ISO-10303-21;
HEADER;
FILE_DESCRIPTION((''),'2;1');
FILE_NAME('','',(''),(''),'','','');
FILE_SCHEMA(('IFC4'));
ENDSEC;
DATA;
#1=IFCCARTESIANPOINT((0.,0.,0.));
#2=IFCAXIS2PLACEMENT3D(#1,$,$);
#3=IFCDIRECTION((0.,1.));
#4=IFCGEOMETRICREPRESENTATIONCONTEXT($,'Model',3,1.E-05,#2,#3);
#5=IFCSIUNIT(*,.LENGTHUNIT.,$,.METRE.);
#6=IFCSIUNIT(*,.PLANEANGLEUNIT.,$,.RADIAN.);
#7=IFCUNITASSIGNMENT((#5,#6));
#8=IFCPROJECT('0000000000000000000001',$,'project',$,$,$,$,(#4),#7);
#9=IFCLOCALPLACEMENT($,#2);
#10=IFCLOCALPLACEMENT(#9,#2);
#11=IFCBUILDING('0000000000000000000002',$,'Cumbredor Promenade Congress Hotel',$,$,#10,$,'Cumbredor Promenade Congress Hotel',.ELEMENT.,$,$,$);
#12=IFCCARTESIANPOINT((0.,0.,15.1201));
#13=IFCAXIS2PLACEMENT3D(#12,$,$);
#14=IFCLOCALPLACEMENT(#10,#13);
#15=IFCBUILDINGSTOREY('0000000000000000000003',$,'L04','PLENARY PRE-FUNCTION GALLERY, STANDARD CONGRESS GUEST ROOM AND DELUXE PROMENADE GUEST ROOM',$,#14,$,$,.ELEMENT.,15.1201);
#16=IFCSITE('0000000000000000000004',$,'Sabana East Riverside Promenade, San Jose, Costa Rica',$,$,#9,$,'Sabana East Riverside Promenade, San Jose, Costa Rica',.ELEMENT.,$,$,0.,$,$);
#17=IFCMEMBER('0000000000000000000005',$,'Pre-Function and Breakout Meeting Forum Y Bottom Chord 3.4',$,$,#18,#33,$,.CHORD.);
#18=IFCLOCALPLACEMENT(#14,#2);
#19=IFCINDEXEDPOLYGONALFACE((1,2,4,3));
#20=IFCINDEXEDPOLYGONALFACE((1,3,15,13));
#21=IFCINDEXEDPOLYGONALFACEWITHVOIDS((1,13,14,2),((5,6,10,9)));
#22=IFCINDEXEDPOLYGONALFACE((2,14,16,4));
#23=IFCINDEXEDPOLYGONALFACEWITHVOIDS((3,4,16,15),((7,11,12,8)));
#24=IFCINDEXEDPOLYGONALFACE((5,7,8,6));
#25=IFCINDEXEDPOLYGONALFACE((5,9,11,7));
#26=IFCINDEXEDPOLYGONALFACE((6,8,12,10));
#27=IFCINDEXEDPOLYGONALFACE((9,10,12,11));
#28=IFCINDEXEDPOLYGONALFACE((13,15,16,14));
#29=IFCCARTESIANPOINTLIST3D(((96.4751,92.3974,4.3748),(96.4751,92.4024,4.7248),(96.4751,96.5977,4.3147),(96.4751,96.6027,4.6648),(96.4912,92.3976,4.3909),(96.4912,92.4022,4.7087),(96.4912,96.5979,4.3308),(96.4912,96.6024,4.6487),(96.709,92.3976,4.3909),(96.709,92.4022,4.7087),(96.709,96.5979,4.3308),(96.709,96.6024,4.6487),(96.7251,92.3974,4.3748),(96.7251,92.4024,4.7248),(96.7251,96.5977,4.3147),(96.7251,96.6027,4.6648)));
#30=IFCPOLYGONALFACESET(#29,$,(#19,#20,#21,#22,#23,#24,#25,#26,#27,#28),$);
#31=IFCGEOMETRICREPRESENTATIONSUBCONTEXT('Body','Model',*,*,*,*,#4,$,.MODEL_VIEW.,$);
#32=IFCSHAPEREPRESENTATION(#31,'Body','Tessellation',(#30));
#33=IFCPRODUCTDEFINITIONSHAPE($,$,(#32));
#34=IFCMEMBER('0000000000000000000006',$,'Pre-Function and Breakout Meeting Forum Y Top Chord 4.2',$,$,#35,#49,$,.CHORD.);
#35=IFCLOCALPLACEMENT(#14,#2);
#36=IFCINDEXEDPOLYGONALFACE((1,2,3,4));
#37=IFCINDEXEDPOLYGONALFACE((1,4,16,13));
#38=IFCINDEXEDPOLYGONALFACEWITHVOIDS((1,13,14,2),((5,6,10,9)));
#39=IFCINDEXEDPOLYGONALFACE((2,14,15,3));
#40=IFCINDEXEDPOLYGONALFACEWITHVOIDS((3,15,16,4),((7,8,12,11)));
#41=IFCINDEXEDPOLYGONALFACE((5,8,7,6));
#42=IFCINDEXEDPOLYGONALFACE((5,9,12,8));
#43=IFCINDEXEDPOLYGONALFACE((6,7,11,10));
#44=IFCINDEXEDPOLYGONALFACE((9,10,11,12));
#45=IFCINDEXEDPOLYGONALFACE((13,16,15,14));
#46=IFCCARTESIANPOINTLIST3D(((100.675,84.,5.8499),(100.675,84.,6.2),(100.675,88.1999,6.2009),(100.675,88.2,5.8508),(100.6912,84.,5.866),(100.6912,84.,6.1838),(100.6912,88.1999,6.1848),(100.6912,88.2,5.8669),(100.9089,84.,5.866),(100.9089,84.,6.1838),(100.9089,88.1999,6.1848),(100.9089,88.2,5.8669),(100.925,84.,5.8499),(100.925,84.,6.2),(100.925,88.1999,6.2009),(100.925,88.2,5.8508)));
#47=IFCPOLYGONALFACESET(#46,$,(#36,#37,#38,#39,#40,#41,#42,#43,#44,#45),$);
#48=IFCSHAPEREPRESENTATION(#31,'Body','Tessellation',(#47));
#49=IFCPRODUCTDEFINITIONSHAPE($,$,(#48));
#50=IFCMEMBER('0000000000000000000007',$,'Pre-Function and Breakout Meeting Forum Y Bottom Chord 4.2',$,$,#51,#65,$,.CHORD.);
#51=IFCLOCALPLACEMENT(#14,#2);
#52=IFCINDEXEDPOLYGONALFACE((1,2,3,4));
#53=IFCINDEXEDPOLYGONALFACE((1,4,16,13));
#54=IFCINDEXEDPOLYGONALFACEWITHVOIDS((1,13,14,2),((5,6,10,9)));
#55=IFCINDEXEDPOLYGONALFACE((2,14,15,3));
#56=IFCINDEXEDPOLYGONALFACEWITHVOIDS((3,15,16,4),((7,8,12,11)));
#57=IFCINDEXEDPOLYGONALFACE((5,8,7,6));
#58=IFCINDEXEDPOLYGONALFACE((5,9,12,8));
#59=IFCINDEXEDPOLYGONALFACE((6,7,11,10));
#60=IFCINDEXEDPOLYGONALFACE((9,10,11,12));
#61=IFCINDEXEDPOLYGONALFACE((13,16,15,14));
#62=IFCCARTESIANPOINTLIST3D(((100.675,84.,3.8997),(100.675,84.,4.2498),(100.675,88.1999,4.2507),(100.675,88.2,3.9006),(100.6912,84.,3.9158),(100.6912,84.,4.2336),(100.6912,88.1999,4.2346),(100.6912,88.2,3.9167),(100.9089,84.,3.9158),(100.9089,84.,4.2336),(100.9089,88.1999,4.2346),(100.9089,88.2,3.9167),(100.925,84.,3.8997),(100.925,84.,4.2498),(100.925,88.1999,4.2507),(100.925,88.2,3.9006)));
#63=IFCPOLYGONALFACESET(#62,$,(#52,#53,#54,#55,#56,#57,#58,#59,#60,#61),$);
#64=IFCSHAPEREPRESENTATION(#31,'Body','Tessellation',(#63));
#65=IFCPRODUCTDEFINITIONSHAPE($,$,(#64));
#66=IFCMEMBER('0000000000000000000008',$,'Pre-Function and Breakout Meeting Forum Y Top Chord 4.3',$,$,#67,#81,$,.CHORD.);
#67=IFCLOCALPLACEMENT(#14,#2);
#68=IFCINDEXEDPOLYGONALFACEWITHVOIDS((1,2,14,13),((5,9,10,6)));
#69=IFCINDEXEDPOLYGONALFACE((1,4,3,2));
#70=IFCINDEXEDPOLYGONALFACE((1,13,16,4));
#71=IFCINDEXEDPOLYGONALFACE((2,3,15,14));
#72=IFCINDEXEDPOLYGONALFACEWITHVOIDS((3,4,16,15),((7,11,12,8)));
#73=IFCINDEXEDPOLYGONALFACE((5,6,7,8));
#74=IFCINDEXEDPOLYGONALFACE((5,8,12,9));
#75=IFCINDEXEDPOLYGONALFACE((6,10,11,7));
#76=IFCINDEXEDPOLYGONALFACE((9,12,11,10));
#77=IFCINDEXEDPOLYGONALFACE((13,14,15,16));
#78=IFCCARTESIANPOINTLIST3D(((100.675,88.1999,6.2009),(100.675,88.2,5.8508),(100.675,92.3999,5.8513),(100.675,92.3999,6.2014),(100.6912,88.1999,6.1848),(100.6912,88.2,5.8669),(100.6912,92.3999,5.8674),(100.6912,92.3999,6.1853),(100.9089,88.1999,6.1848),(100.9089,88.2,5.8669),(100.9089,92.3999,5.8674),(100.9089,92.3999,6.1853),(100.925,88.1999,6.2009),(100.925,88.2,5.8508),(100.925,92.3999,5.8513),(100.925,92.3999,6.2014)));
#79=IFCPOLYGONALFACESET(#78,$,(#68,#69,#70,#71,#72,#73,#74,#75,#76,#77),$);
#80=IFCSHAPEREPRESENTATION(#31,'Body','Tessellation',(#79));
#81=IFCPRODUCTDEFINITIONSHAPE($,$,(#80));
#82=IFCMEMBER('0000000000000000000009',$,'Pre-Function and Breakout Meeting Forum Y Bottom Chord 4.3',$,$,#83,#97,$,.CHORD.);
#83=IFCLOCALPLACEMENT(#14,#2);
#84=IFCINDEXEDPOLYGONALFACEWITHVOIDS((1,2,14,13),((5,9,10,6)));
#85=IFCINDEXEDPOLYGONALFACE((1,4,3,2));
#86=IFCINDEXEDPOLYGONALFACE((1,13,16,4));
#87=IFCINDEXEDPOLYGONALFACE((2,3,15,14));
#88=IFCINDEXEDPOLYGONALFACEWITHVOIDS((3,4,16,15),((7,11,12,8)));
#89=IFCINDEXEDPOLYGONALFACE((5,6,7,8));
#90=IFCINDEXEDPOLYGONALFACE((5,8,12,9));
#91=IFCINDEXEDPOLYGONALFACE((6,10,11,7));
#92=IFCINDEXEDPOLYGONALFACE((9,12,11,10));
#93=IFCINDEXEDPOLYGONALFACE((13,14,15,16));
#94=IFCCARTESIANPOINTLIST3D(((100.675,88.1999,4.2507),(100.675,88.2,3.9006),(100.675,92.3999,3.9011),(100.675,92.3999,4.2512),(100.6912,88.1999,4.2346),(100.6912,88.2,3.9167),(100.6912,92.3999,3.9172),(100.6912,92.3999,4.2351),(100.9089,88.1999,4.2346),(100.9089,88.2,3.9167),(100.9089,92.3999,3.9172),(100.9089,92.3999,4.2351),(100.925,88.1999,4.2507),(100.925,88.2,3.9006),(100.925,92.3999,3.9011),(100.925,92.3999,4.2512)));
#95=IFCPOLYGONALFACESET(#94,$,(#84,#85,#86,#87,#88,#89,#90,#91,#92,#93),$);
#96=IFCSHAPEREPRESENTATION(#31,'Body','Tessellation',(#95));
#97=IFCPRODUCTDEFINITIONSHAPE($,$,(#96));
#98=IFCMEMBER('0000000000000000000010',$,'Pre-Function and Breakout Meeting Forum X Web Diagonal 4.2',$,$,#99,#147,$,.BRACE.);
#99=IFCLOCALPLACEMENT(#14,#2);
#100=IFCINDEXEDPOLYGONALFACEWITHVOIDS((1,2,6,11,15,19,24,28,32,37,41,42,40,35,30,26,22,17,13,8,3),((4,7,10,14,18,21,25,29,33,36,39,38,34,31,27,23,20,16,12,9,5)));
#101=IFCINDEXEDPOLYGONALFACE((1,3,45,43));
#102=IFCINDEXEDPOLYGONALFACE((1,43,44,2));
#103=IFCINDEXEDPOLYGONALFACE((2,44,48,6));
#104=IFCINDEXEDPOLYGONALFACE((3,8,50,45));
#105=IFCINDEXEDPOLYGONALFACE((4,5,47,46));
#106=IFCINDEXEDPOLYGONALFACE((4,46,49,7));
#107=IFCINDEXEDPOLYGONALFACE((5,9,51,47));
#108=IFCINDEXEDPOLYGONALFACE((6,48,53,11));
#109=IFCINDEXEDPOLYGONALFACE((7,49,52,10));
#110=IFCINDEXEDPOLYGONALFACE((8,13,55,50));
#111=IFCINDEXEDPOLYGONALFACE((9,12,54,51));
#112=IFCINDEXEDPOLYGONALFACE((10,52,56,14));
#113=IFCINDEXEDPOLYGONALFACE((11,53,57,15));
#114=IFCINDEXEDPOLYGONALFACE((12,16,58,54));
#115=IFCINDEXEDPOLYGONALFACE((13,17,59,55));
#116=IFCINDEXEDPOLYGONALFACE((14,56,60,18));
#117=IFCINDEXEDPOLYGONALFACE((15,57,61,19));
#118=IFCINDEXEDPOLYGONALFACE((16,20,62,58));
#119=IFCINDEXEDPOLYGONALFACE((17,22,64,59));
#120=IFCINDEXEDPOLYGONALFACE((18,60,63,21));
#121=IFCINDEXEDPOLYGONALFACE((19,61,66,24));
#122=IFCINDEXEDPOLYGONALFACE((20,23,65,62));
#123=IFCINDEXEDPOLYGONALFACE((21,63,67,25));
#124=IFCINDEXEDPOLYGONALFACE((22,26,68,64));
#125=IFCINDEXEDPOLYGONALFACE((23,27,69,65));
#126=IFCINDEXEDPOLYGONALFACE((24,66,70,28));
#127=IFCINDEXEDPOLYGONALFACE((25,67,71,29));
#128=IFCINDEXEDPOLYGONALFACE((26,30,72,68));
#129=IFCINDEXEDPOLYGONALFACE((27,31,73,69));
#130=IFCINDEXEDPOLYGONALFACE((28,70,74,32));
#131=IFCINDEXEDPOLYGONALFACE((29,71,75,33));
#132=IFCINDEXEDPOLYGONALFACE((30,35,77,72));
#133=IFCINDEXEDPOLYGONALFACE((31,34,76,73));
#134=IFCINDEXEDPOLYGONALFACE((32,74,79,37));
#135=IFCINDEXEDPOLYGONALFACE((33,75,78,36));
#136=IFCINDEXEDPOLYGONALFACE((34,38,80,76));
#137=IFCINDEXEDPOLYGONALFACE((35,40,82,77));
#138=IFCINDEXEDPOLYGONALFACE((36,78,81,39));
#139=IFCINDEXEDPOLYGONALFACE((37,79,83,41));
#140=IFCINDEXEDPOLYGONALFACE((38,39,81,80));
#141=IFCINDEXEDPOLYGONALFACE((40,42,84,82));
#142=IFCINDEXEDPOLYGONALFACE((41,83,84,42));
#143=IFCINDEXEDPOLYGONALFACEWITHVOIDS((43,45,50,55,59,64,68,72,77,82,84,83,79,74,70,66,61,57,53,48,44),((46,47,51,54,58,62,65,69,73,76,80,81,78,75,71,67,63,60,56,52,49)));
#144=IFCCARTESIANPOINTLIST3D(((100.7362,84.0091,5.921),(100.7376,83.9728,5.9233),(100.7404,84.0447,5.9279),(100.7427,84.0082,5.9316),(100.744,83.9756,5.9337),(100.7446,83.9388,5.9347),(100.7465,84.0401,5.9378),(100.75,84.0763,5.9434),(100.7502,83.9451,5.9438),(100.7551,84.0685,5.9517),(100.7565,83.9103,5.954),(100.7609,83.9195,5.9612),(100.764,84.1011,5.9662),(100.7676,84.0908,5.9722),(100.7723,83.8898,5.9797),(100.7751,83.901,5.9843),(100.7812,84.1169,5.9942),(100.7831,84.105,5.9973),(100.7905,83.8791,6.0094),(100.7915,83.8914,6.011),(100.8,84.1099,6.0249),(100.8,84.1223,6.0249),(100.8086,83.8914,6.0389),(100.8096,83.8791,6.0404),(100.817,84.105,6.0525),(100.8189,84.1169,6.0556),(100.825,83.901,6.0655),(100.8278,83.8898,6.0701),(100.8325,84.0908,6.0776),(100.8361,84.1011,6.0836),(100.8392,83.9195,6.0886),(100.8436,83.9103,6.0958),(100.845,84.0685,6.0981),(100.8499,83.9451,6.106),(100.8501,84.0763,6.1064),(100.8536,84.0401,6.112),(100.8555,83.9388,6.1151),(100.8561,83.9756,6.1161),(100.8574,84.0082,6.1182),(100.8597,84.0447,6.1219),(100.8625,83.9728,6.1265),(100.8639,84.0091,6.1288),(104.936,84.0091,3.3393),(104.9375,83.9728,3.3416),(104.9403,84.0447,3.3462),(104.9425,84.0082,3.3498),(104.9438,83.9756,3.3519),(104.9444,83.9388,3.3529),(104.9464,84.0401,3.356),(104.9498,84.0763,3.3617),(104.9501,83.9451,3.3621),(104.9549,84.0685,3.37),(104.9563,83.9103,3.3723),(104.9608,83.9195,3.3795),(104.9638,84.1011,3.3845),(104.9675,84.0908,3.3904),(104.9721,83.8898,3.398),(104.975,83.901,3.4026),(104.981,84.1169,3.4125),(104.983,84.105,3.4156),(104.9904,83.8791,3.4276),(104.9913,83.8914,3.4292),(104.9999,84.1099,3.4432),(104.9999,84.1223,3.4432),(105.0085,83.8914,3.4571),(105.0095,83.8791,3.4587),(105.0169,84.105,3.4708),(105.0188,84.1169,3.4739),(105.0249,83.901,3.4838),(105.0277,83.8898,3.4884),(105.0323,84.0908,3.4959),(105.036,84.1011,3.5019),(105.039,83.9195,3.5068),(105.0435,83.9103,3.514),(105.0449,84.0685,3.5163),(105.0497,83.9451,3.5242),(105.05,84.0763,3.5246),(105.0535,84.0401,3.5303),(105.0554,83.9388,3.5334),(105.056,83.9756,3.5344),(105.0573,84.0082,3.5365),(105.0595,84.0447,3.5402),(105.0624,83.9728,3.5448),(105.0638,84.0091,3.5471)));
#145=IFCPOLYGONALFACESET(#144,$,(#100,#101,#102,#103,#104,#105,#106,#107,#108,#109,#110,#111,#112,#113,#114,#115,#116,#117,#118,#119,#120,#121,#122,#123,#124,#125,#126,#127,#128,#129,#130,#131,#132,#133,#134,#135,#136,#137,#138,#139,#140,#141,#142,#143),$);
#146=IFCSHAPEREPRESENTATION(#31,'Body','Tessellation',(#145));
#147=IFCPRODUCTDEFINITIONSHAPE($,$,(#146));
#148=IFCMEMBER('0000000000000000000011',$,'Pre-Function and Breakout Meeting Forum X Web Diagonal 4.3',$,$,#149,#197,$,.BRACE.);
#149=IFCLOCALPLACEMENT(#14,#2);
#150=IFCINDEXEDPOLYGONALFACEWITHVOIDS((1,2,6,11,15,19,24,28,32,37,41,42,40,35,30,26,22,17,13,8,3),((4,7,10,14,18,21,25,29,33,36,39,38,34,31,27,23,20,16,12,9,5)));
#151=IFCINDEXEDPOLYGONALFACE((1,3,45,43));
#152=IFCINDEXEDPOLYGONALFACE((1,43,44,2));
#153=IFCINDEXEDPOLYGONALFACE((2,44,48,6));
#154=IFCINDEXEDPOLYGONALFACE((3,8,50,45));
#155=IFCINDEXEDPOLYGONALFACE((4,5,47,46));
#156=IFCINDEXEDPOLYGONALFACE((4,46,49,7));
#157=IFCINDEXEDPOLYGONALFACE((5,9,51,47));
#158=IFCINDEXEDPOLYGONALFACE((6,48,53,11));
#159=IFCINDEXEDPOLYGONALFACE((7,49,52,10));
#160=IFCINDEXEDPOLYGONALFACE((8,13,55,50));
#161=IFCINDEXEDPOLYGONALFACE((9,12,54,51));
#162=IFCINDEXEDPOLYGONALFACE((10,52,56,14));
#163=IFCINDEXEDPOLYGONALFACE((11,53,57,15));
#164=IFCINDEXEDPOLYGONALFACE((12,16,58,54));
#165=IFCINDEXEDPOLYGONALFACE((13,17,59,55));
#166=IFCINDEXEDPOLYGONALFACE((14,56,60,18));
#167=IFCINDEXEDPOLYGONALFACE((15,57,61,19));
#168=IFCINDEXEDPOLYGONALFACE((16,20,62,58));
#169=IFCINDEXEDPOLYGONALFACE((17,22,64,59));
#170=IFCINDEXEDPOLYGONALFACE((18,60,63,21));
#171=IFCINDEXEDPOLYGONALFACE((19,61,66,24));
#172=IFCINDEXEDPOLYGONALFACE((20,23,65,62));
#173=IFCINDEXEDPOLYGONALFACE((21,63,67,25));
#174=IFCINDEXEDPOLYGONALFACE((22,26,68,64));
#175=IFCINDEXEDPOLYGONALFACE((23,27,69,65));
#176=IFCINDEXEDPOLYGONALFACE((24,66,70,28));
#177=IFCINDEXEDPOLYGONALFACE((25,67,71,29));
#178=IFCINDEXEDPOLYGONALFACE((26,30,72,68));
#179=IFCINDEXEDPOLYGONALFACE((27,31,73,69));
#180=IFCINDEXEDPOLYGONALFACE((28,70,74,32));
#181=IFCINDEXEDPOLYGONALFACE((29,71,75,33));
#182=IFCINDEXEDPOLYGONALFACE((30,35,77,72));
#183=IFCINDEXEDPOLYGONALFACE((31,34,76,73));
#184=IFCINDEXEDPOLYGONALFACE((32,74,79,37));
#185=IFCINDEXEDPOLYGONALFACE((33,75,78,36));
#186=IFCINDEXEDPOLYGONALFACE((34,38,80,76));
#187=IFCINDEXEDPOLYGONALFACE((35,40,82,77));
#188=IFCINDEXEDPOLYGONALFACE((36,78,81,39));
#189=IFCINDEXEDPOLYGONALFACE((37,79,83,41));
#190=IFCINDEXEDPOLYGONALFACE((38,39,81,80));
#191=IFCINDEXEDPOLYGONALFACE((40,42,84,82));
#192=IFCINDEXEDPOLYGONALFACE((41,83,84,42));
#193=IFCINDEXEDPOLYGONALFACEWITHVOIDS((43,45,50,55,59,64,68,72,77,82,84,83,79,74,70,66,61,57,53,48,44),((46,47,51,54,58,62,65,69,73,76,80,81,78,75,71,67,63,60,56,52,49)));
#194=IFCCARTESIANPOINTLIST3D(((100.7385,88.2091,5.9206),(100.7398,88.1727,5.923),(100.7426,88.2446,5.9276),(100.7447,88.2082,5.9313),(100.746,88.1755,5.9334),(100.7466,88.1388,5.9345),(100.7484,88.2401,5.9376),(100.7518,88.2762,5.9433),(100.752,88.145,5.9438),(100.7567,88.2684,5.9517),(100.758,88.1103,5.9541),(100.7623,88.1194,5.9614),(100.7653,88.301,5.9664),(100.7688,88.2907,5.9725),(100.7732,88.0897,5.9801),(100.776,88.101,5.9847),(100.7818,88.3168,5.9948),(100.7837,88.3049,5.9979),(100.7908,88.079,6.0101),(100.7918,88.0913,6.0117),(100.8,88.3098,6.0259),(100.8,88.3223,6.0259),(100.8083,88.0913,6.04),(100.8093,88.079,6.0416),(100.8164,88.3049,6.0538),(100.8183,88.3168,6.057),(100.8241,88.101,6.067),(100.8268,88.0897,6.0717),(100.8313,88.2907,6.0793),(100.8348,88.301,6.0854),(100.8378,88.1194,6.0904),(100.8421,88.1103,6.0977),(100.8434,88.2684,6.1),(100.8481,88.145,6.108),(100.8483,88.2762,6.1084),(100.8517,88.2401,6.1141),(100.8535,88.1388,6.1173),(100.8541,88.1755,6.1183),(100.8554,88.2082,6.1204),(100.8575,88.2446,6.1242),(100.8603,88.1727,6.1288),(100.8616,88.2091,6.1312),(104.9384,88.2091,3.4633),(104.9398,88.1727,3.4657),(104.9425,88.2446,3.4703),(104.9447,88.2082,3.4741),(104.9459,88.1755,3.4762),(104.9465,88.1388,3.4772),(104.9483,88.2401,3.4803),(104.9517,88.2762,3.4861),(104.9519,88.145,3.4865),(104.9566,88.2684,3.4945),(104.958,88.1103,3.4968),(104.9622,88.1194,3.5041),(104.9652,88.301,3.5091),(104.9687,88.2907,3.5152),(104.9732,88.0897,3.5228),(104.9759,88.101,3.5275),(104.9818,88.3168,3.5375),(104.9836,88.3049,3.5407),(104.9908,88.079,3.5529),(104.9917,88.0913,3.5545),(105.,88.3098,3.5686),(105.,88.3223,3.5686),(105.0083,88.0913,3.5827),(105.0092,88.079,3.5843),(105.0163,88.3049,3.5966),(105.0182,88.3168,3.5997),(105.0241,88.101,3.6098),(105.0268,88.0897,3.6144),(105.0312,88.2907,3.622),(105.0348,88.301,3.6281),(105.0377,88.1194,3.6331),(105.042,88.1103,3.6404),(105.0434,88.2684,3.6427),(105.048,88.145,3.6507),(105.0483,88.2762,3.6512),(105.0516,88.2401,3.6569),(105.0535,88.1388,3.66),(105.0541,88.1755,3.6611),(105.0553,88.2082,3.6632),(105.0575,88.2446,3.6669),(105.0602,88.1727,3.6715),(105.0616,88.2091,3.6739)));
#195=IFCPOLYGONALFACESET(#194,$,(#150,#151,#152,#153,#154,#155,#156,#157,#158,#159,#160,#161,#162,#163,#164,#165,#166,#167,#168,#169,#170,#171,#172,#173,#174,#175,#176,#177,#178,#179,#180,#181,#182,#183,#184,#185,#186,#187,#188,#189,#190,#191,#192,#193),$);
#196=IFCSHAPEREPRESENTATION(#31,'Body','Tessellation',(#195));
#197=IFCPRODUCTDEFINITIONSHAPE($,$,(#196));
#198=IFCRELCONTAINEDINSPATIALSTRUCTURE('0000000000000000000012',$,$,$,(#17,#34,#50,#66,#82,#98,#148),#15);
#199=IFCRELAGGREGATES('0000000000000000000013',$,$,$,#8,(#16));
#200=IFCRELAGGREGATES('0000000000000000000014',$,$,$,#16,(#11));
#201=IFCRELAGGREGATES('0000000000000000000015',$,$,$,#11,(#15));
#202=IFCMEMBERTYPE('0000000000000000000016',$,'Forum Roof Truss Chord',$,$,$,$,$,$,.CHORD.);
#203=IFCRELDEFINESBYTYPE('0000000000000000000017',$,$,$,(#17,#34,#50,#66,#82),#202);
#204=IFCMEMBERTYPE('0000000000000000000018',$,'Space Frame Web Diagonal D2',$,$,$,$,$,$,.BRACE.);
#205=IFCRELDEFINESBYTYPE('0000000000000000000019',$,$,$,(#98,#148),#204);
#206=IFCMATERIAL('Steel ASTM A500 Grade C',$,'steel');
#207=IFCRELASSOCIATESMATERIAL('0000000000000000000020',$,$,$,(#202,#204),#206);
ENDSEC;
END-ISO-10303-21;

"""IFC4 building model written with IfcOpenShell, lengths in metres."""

from ifc_helpers import new_model, si_unit, direction, frame, origin, origin_2d, place, context, subcontext, project, spatial, hollow_rectangle, hollow_circle, extrude, material, material_profile, profile_set, type_object, element, save


model = new_model("IFC4")

# Units and contexts
model_context = context("Model", 3, precision=1e-05, world=origin(), true_north=direction((0.0, 1.0)))
body_context = subcontext(model_context, "Body", "Model", "MODEL_VIEW")
ifc_project = project(units=[si_unit("LENGTHUNIT", "METRE"), si_unit("PLANEANGLEUNIT", "RADIAN")], contexts=[model_context])

# Site, building, storey
site_placement = place(None, origin())
site = spatial("IfcSite", under=ifc_project, at=site_placement, Name="Sabana East Riverside Promenade, San Jose, Costa Rica", LongName="Sabana East Riverside Promenade, San Jose, Costa Rica", CompositionType="ELEMENT", RefElevation=0.0)
building_placement = place(site_placement, origin())
building = spatial("IfcBuilding", under=site, at=building_placement, Name="Cumbredor Promenade Congress Hotel", LongName="Cumbredor Promenade Congress Hotel", CompositionType="ELEMENT")
storey_placement = place(building_placement, frame((0.0, 0.0, 15.1201)))
storey = spatial("IfcBuildingStorey", under=building, at=storey_placement, Name="L04", Description="PLENARY PRE-FUNCTION GALLERY, STANDARD CONGRESS GUEST ROOM AND DELUXE PROMENADE GUEST ROOM", CompositionType="ELEMENT", Elevation=15.1201)

# Members
ifc_material_1 = material(Name="Steel ASTM A500 Grade C", Category="steel")
ifc_material_profile_1 = material_profile(ifc_material_1, hollow_rectangle(XDim=0.25, YDim=0.3501, WallThickness=0.0161, at=origin_2d()), Name="HSS 350x250x16")
ifc_profile_set_1 = profile_set([ifc_material_profile_1], Name="Steel ASTM A500 Grade C")
member_type_1 = type_object("IfcMemberType", Name="Forum Roof Truss Chord", PredefinedType="CHORD", material=ifc_profile_set_1)
member_1_placement = place(storey_placement, frame((96.6001, 92.3999, 4.5498), z_axis=(0.0, 0.999898, -0.014298), x_axis=(-1.0, 0.0, 0.0)))
element("IfcMember", 1, at=member_1_placement, inside=storey, type_object=member_type_1, Name="Pre-Function and Breakout Meeting Forum Y Bottom Chord 3.4", PredefinedType="CHORD", context=body_context, shape_type="SweptSolid", body=[
    extrude(hollow_rectangle(XDim=0.25, YDim=0.3501, WallThickness=0.0161, at=origin_2d()), origin(), (0.0, 0.0, 1.0), 4.2007),
])
for number, where, z_axis, x_axis, name in (
    (2, (100.8, 84.0, 6.0249), (0.0, 1.0, 0.000233), (-1.0, 0.0, 0.0), "Pre-Function and Breakout Meeting Forum Y Top Chord 4.2"),
    (3, (100.8, 84.0, 4.0747), (0.0, 1.0, 0.000233), (-1.0, 0.0, 0.0), "Pre-Function and Breakout Meeting Forum Y Bottom Chord 4.2"),
    (4, (100.8, 88.2, 6.0259), (0.0, 1.0, 0.000116), (-1.0, 0.0, 0.0), "Pre-Function and Breakout Meeting Forum Y Top Chord 4.3"),
    (5, (100.8, 88.2, 4.0757), (0.0, 1.0, 0.000116), (-1.0, 0.0, 0.0), "Pre-Function and Breakout Meeting Forum Y Bottom Chord 4.3"),
):
    element("IfcMember", number, at=place(storey_placement, frame(where, z_axis=z_axis, x_axis=x_axis)), inside=storey, type_object=member_type_1, Name=name, PredefinedType="CHORD", context=body_context, shape_type="SweptSolid", body=[
        extrude(hollow_rectangle(XDim=0.25, YDim=0.3501, WallThickness=0.0161, at=origin_2d()), origin(), (0.0, 0.0, 1.0), 4.2),
    ])
ifc_material_profile_2 = material_profile(ifc_material_1, hollow_circle(Radius=0.1223, WallThickness=0.0125, at=origin_2d()), Name="CHS 244.5x12.5")
ifc_profile_set_2 = profile_set([ifc_material_profile_2], Name="Steel ASTM A500 Grade C")
member_type_2 = type_object("IfcMemberType", Name="Space Frame Web Diagonal D2", PredefinedType="BRACE", material=ifc_profile_set_2)
member_2_placement = place(storey_placement, frame((100.8, 84.0, 6.0249), z_axis=(0.851912, 0.0, -0.523686), x_axis=(0.0, 1.0, 0.0)))
element("IfcMember", 6, at=member_2_placement, inside=storey, type_object=member_type_2, Name="Pre-Function and Breakout Meeting Forum X Web Diagonal 4.2", PredefinedType="BRACE", context=body_context, shape_type="SweptSolid", body=[
    extrude(hollow_circle(Radius=0.1223, WallThickness=0.0125, at=origin_2d()), origin(), (0.0, 0.0, 1.0), 4.9299),
])
member_3_placement = place(storey_placement, frame((100.8, 88.2, 6.0259), z_axis=(0.863125, 0.0, -0.504991), x_axis=(0.0, 1.0, 0.0)))
element("IfcMember", 7, at=member_3_placement, inside=storey, type_object=member_type_2, Name="Pre-Function and Breakout Meeting Forum X Web Diagonal 4.3", PredefinedType="BRACE", context=body_context, shape_type="SweptSolid", body=[
    extrude(hollow_circle(Radius=0.1223, WallThickness=0.0125, at=origin_2d()), origin(), (0.0, 0.0, 1.0), 4.866),
])

save(model, "model.ifc")
